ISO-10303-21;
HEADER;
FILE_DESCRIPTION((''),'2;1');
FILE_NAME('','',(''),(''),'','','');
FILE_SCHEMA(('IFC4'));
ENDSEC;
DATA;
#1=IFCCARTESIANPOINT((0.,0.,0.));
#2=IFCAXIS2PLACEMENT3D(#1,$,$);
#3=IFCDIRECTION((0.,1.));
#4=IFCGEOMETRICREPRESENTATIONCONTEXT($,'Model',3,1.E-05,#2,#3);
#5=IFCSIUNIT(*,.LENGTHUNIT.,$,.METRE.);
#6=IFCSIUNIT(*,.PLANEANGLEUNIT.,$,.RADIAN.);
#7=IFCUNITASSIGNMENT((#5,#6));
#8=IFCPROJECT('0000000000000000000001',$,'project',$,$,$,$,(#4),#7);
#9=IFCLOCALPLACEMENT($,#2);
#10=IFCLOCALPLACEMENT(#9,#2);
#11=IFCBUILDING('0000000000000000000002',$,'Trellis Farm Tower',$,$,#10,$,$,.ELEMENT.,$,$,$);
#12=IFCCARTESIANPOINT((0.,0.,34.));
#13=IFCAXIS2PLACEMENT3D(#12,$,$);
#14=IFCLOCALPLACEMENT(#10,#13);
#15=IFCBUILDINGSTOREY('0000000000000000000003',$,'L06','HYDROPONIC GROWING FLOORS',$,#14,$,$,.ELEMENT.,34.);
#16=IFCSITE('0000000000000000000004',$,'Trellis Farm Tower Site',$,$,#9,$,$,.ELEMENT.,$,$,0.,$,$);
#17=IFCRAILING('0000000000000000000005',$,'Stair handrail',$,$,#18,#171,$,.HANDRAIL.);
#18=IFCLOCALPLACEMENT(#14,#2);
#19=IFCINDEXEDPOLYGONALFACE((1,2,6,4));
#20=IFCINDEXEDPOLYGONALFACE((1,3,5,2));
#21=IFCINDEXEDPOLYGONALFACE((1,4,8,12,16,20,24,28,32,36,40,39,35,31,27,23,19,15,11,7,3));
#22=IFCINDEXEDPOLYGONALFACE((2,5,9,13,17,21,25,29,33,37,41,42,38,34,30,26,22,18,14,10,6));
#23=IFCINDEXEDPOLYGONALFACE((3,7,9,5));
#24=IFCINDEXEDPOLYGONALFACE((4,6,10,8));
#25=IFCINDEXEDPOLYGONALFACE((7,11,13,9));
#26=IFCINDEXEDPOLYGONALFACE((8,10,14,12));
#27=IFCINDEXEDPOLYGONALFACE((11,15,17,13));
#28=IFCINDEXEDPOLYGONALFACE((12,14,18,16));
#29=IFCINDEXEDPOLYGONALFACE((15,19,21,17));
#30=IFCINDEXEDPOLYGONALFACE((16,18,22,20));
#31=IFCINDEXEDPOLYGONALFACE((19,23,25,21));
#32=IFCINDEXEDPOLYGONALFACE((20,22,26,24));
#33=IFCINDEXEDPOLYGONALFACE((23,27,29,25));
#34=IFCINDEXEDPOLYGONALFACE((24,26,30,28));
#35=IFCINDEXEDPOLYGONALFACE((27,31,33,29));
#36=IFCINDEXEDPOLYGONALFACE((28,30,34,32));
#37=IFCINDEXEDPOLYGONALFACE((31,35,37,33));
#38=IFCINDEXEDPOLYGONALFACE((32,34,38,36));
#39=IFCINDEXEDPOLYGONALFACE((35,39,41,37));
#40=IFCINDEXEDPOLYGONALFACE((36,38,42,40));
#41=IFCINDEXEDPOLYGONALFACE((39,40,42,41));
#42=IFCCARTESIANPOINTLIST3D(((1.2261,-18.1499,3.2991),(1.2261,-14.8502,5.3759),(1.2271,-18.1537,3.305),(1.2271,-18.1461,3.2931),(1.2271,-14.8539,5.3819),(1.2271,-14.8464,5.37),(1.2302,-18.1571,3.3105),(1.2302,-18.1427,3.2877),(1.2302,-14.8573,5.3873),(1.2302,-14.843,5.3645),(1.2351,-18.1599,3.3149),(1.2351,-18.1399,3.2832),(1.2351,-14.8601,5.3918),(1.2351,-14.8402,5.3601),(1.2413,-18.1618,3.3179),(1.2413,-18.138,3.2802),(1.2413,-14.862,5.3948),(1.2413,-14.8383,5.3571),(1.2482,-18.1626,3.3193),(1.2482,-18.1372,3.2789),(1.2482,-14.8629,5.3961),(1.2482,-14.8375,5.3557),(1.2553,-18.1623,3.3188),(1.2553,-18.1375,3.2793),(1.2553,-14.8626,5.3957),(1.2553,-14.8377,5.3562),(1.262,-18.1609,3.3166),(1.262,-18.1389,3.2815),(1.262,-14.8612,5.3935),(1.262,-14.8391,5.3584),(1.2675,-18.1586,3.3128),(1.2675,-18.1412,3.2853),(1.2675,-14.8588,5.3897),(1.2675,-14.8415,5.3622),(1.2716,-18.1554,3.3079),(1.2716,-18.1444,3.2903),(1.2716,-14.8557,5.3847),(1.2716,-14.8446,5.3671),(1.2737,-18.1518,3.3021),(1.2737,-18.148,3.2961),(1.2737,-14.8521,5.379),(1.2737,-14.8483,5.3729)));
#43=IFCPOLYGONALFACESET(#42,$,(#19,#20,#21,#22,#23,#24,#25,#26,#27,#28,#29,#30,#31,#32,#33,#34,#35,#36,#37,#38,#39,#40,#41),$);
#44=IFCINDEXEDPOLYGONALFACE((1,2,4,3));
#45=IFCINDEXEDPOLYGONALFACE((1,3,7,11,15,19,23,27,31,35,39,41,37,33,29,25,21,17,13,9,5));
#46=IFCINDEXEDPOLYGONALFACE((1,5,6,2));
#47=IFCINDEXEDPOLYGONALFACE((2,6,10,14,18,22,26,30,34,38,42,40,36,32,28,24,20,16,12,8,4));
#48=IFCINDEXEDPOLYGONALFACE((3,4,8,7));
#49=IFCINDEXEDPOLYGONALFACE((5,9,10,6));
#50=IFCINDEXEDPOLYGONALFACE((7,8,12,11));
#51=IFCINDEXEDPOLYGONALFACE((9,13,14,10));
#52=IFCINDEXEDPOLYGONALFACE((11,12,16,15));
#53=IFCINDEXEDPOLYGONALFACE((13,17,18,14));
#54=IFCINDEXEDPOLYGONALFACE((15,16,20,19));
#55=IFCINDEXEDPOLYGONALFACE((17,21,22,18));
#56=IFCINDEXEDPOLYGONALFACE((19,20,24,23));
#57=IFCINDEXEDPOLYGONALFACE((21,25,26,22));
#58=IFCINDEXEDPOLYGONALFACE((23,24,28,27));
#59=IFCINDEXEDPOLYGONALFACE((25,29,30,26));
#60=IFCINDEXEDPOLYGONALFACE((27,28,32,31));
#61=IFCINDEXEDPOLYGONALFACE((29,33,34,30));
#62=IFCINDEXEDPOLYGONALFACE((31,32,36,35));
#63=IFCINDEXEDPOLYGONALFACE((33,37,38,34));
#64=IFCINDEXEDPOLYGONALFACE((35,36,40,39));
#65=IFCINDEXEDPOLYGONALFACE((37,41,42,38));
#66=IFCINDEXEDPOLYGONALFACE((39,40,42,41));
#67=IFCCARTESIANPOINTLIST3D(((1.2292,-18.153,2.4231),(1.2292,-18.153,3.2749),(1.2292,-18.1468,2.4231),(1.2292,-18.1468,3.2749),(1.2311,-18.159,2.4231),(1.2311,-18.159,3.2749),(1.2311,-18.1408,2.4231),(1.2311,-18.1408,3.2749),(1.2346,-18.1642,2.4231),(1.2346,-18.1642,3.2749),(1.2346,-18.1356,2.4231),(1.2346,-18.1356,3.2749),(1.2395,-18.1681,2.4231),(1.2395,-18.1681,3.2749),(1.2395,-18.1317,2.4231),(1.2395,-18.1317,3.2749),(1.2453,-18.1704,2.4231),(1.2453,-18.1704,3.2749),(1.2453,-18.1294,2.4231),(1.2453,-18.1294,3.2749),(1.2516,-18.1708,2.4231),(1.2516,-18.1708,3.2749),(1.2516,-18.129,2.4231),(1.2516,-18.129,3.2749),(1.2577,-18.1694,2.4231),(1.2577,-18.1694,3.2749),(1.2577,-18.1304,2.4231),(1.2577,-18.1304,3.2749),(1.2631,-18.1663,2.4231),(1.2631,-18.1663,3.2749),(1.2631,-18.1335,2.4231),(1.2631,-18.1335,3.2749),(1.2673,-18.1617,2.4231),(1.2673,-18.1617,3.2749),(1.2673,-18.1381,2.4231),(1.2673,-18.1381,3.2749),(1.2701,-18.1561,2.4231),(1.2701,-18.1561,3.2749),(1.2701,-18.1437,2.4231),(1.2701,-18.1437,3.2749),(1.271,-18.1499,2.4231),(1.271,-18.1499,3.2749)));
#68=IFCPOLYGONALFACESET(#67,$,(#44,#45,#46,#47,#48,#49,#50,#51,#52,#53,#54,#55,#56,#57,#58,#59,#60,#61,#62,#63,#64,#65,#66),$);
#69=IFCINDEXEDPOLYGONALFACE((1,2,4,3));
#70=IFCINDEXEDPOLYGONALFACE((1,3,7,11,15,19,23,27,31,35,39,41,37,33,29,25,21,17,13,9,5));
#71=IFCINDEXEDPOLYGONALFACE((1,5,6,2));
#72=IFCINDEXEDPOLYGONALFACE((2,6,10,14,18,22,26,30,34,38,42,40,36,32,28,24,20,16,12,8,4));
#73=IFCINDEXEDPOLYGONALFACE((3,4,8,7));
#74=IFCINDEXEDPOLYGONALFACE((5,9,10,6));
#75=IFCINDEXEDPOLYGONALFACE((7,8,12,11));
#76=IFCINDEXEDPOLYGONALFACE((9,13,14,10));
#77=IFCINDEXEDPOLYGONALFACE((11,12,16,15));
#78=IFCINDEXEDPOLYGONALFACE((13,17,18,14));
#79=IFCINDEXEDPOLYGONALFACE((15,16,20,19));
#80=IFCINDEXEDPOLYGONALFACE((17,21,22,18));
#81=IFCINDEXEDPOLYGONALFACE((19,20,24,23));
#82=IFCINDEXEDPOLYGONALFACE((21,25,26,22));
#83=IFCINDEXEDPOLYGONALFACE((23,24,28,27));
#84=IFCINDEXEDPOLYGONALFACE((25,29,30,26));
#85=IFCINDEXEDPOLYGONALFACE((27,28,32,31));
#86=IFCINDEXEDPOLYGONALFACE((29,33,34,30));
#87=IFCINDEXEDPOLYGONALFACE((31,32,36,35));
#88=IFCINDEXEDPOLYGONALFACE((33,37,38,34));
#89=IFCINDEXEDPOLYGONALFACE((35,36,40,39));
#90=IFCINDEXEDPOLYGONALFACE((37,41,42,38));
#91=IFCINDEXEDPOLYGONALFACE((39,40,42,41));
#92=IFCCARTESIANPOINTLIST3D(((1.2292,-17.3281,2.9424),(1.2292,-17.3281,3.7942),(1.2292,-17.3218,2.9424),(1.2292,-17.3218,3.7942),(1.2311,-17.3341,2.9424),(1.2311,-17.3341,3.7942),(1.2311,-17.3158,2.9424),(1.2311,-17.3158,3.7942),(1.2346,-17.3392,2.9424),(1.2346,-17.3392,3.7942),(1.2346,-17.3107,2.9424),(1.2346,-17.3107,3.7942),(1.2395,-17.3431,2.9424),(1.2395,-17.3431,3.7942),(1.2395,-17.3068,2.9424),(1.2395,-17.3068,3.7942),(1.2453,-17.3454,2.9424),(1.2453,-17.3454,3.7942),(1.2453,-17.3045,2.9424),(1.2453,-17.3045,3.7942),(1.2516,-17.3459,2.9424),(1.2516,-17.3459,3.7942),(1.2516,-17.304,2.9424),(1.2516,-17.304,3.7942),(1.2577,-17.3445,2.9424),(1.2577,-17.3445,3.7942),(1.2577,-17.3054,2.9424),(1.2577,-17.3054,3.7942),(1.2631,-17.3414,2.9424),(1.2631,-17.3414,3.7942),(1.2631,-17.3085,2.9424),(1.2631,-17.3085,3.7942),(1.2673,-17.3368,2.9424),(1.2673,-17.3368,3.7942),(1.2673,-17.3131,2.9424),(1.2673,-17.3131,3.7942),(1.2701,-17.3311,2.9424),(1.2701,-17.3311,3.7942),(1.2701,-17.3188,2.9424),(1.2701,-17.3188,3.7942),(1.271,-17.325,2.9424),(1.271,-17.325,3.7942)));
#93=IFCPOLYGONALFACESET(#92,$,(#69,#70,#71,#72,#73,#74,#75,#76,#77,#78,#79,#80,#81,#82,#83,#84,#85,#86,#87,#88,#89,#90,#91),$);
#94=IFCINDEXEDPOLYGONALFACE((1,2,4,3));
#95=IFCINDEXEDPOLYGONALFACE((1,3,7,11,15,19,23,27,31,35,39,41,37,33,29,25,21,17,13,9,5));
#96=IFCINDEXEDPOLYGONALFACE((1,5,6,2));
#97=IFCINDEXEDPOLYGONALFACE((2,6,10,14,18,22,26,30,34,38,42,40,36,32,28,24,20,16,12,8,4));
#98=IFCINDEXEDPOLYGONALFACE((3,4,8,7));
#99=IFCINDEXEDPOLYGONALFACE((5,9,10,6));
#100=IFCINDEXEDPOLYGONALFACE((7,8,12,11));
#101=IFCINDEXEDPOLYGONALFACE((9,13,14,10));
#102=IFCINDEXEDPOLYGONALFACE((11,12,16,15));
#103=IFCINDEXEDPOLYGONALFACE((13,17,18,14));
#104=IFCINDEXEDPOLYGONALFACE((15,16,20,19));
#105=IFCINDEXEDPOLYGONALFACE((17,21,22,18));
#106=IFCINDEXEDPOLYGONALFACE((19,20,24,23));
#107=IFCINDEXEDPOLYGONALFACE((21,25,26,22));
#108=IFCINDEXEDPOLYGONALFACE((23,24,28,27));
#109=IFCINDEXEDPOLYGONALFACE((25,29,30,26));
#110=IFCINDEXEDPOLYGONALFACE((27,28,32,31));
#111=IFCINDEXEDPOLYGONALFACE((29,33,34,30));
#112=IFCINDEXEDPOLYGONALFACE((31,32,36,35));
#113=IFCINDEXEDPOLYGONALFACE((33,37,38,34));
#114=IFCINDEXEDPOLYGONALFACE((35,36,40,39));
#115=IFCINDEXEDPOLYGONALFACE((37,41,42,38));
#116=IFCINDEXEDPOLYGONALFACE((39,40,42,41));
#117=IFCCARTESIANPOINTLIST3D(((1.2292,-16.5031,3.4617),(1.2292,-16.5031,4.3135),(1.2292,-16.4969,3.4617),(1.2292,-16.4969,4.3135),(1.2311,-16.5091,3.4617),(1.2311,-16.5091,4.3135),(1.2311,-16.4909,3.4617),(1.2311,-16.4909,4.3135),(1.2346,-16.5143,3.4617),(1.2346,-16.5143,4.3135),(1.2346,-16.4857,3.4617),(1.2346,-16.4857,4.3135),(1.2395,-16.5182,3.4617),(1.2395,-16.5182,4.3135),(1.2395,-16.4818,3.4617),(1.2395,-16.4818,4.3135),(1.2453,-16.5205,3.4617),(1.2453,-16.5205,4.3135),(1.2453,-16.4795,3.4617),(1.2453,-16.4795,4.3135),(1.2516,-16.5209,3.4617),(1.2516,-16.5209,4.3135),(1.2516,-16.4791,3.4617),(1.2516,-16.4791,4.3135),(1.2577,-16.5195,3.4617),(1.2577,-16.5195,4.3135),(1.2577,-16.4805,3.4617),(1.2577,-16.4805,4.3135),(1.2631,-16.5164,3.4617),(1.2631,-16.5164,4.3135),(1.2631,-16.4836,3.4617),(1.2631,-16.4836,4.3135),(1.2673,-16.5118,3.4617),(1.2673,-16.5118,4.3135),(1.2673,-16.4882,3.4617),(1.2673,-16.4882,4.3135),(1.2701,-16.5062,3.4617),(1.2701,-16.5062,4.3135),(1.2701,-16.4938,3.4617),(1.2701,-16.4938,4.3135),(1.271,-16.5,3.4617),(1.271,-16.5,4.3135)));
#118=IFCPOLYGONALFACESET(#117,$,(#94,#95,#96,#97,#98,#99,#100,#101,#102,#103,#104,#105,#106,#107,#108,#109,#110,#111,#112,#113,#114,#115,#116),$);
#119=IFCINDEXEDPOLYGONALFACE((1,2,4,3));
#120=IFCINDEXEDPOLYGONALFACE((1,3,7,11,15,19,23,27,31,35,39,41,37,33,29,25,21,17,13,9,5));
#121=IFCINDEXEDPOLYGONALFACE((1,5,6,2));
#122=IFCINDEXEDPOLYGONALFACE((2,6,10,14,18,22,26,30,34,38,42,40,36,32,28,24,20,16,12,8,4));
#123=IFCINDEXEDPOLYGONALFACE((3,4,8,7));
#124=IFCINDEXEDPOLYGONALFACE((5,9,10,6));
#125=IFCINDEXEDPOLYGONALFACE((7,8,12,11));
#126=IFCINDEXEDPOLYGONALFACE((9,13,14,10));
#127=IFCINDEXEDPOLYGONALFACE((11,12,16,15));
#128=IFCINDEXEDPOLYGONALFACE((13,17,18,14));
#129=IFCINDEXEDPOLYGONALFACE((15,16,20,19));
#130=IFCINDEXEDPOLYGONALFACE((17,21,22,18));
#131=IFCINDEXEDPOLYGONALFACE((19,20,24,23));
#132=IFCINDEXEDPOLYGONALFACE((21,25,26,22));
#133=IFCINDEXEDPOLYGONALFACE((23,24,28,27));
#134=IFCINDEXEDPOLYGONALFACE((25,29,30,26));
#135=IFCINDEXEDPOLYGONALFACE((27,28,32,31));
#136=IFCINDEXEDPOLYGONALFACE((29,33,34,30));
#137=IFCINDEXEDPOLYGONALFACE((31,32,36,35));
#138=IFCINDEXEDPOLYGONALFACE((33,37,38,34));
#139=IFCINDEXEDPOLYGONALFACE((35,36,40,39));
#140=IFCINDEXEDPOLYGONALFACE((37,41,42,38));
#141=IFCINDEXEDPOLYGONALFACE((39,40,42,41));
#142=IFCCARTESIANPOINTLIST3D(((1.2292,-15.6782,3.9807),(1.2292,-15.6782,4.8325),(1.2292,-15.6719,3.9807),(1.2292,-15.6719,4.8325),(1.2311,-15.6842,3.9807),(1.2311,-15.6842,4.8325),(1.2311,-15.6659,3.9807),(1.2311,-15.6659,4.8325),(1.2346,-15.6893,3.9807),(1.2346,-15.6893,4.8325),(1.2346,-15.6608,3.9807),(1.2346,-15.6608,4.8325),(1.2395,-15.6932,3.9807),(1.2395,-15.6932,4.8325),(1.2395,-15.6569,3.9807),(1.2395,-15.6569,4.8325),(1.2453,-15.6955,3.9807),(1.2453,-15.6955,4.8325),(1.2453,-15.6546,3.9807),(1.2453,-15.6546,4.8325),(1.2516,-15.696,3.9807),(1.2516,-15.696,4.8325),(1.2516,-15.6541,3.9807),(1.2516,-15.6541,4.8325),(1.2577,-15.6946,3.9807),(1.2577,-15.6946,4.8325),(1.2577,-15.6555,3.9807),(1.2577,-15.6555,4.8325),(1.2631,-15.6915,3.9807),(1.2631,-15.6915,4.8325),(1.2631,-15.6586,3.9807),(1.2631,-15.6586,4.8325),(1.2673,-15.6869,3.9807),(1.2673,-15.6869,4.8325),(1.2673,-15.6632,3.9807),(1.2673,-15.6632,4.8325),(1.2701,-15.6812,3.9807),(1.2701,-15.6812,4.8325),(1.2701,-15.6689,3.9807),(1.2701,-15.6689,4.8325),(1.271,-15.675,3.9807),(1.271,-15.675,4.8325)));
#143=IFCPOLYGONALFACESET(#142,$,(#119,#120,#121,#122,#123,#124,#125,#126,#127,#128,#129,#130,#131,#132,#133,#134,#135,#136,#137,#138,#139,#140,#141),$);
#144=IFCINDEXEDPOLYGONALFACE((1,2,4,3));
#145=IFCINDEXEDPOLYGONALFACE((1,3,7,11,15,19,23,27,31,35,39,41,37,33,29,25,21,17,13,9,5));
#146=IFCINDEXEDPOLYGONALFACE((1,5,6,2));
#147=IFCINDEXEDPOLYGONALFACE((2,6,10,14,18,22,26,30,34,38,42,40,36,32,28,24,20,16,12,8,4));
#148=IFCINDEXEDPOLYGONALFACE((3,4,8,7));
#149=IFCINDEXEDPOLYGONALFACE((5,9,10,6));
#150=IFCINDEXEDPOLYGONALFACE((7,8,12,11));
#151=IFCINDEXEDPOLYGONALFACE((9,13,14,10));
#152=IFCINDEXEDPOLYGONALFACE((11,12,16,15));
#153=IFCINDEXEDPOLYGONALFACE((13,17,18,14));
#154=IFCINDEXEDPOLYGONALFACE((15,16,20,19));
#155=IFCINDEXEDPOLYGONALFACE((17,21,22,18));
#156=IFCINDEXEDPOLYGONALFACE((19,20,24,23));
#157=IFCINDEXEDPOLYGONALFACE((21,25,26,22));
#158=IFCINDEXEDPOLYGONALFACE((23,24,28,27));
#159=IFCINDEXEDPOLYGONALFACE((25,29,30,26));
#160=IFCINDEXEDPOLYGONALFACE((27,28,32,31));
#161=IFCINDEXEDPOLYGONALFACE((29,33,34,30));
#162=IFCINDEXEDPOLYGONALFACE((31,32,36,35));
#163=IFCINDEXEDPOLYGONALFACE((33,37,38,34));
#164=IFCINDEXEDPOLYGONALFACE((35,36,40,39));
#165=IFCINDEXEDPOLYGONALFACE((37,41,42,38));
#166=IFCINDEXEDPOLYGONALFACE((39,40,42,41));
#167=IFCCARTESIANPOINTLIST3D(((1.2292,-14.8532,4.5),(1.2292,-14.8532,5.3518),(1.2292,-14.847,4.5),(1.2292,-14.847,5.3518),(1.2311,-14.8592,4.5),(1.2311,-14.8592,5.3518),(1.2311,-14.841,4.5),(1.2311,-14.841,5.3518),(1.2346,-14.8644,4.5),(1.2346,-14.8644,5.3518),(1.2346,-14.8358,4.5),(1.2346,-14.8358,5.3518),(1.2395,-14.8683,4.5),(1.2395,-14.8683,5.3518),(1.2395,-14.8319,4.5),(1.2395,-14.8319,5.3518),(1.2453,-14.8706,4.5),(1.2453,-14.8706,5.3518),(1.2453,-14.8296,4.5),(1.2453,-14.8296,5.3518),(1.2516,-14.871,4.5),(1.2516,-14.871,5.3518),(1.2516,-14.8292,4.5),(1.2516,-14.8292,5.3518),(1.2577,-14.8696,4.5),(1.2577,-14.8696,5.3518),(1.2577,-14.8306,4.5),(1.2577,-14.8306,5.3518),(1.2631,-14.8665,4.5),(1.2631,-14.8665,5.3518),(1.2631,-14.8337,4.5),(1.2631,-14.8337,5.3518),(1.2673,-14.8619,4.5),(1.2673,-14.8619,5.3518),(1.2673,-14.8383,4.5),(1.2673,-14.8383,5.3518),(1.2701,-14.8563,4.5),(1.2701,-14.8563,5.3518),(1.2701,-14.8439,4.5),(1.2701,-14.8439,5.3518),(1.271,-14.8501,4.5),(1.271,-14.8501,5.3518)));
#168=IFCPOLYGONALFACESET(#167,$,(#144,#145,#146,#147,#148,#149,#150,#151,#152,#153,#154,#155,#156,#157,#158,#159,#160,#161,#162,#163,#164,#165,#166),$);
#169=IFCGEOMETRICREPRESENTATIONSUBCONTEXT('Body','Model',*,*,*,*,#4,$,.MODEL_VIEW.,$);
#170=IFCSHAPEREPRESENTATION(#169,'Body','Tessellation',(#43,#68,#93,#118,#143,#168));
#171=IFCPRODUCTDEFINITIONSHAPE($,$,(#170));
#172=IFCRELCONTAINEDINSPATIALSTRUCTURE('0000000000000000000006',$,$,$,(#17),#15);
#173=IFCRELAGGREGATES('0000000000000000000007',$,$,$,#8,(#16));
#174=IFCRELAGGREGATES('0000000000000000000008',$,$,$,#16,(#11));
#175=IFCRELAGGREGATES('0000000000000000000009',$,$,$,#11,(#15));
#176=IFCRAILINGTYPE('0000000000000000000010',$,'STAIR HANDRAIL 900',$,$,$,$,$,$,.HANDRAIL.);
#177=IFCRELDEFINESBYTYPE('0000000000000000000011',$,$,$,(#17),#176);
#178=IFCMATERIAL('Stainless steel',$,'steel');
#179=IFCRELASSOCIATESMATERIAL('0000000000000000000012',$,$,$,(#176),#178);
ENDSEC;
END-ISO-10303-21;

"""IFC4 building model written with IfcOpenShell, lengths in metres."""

from ifc_helpers import new_model, si_unit, direction, frame, origin, origin_2d, place, context, subcontext, project, spatial, circle, extrude, source, transform, mapped, material, type_object, element, save


model = new_model("IFC4")

# Units and contexts
model_context = context("Model", 3, precision=1e-05, world=origin(), true_north=direction((0.0, 1.0)))
body_context = subcontext(model_context, "Body", "Model", "MODEL_VIEW")
ifc_project = project(units=[si_unit("LENGTHUNIT", "METRE"), si_unit("PLANEANGLEUNIT", "RADIAN")], contexts=[model_context])

# Site, building, storey
site_placement = place(None, origin())
site = spatial("IfcSite", under=ifc_project, at=site_placement, Name="Trellis Farm Tower Site", CompositionType="ELEMENT", RefElevation=0.0)
building_placement = place(site_placement, origin())
building = spatial("IfcBuilding", under=site, at=building_placement, Name="Trellis Farm Tower", CompositionType="ELEMENT")
storey_placement = place(building_placement, frame((0.0, 0.0, 34.0)))
storey = spatial("IfcBuildingStorey", under=building, at=storey_placement, Name="L06", Description="HYDROPONIC GROWING FLOORS", CompositionType="ELEMENT", Elevation=34.0)

# Railing
ifc_material_1 = material(Name="Stainless steel", Category="steel")
railing_type = type_object("IfcRailingType", Name="STAIR HANDRAIL 900", PredefinedType="HANDRAIL", material=ifc_material_1)
shared_shape_1 = source(origin(), body_context, "Body", "SweptSolid", [
    extrude(circle(Radius=0.0239, at=origin_2d()), frame((0.0, 0.0, 0.876), z_axis=(0.0, 0.84632, 0.532675), x_axis=(-1.0, 0.0, 0.0)), (0.0, 0.0, 1.0), 3.8989),
    extrude(circle(Radius=0.021, at=origin_2d()), origin(), (0.0, 0.0, 1.0), 0.8518),
    extrude(circle(Radius=0.021, at=origin_2d()), frame((0.0, 0.825, 0.5193)), (0.0, 0.0, 1.0), 0.8518),
    extrude(circle(Radius=0.021, at=origin_2d()), frame((0.0, 1.6499, 1.0386)), (0.0, 0.0, 1.0), 0.8518),
    extrude(circle(Radius=0.021, at=origin_2d()), frame((0.0, 2.4749, 1.5576)), (0.0, 0.0, 1.0), 0.8518),
    extrude(circle(Radius=0.021, at=origin_2d()), frame((0.0, 3.2998, 2.0769)), (0.0, 0.0, 1.0), 0.8518),
])
railing_placement = place(storey_placement, frame((1.25, -18.1499, 2.4231)))
element("IfcRailing", 1, at=railing_placement, inside=storey, type_object=railing_type, Name="Stair handrail", PredefinedType="HANDRAIL", context=body_context, shape_type="MappedRepresentation", body=[
    mapped(shared_shape_1, transform((0.0, 0.0, 0.0))),
])

save(model, "model.ifc")
